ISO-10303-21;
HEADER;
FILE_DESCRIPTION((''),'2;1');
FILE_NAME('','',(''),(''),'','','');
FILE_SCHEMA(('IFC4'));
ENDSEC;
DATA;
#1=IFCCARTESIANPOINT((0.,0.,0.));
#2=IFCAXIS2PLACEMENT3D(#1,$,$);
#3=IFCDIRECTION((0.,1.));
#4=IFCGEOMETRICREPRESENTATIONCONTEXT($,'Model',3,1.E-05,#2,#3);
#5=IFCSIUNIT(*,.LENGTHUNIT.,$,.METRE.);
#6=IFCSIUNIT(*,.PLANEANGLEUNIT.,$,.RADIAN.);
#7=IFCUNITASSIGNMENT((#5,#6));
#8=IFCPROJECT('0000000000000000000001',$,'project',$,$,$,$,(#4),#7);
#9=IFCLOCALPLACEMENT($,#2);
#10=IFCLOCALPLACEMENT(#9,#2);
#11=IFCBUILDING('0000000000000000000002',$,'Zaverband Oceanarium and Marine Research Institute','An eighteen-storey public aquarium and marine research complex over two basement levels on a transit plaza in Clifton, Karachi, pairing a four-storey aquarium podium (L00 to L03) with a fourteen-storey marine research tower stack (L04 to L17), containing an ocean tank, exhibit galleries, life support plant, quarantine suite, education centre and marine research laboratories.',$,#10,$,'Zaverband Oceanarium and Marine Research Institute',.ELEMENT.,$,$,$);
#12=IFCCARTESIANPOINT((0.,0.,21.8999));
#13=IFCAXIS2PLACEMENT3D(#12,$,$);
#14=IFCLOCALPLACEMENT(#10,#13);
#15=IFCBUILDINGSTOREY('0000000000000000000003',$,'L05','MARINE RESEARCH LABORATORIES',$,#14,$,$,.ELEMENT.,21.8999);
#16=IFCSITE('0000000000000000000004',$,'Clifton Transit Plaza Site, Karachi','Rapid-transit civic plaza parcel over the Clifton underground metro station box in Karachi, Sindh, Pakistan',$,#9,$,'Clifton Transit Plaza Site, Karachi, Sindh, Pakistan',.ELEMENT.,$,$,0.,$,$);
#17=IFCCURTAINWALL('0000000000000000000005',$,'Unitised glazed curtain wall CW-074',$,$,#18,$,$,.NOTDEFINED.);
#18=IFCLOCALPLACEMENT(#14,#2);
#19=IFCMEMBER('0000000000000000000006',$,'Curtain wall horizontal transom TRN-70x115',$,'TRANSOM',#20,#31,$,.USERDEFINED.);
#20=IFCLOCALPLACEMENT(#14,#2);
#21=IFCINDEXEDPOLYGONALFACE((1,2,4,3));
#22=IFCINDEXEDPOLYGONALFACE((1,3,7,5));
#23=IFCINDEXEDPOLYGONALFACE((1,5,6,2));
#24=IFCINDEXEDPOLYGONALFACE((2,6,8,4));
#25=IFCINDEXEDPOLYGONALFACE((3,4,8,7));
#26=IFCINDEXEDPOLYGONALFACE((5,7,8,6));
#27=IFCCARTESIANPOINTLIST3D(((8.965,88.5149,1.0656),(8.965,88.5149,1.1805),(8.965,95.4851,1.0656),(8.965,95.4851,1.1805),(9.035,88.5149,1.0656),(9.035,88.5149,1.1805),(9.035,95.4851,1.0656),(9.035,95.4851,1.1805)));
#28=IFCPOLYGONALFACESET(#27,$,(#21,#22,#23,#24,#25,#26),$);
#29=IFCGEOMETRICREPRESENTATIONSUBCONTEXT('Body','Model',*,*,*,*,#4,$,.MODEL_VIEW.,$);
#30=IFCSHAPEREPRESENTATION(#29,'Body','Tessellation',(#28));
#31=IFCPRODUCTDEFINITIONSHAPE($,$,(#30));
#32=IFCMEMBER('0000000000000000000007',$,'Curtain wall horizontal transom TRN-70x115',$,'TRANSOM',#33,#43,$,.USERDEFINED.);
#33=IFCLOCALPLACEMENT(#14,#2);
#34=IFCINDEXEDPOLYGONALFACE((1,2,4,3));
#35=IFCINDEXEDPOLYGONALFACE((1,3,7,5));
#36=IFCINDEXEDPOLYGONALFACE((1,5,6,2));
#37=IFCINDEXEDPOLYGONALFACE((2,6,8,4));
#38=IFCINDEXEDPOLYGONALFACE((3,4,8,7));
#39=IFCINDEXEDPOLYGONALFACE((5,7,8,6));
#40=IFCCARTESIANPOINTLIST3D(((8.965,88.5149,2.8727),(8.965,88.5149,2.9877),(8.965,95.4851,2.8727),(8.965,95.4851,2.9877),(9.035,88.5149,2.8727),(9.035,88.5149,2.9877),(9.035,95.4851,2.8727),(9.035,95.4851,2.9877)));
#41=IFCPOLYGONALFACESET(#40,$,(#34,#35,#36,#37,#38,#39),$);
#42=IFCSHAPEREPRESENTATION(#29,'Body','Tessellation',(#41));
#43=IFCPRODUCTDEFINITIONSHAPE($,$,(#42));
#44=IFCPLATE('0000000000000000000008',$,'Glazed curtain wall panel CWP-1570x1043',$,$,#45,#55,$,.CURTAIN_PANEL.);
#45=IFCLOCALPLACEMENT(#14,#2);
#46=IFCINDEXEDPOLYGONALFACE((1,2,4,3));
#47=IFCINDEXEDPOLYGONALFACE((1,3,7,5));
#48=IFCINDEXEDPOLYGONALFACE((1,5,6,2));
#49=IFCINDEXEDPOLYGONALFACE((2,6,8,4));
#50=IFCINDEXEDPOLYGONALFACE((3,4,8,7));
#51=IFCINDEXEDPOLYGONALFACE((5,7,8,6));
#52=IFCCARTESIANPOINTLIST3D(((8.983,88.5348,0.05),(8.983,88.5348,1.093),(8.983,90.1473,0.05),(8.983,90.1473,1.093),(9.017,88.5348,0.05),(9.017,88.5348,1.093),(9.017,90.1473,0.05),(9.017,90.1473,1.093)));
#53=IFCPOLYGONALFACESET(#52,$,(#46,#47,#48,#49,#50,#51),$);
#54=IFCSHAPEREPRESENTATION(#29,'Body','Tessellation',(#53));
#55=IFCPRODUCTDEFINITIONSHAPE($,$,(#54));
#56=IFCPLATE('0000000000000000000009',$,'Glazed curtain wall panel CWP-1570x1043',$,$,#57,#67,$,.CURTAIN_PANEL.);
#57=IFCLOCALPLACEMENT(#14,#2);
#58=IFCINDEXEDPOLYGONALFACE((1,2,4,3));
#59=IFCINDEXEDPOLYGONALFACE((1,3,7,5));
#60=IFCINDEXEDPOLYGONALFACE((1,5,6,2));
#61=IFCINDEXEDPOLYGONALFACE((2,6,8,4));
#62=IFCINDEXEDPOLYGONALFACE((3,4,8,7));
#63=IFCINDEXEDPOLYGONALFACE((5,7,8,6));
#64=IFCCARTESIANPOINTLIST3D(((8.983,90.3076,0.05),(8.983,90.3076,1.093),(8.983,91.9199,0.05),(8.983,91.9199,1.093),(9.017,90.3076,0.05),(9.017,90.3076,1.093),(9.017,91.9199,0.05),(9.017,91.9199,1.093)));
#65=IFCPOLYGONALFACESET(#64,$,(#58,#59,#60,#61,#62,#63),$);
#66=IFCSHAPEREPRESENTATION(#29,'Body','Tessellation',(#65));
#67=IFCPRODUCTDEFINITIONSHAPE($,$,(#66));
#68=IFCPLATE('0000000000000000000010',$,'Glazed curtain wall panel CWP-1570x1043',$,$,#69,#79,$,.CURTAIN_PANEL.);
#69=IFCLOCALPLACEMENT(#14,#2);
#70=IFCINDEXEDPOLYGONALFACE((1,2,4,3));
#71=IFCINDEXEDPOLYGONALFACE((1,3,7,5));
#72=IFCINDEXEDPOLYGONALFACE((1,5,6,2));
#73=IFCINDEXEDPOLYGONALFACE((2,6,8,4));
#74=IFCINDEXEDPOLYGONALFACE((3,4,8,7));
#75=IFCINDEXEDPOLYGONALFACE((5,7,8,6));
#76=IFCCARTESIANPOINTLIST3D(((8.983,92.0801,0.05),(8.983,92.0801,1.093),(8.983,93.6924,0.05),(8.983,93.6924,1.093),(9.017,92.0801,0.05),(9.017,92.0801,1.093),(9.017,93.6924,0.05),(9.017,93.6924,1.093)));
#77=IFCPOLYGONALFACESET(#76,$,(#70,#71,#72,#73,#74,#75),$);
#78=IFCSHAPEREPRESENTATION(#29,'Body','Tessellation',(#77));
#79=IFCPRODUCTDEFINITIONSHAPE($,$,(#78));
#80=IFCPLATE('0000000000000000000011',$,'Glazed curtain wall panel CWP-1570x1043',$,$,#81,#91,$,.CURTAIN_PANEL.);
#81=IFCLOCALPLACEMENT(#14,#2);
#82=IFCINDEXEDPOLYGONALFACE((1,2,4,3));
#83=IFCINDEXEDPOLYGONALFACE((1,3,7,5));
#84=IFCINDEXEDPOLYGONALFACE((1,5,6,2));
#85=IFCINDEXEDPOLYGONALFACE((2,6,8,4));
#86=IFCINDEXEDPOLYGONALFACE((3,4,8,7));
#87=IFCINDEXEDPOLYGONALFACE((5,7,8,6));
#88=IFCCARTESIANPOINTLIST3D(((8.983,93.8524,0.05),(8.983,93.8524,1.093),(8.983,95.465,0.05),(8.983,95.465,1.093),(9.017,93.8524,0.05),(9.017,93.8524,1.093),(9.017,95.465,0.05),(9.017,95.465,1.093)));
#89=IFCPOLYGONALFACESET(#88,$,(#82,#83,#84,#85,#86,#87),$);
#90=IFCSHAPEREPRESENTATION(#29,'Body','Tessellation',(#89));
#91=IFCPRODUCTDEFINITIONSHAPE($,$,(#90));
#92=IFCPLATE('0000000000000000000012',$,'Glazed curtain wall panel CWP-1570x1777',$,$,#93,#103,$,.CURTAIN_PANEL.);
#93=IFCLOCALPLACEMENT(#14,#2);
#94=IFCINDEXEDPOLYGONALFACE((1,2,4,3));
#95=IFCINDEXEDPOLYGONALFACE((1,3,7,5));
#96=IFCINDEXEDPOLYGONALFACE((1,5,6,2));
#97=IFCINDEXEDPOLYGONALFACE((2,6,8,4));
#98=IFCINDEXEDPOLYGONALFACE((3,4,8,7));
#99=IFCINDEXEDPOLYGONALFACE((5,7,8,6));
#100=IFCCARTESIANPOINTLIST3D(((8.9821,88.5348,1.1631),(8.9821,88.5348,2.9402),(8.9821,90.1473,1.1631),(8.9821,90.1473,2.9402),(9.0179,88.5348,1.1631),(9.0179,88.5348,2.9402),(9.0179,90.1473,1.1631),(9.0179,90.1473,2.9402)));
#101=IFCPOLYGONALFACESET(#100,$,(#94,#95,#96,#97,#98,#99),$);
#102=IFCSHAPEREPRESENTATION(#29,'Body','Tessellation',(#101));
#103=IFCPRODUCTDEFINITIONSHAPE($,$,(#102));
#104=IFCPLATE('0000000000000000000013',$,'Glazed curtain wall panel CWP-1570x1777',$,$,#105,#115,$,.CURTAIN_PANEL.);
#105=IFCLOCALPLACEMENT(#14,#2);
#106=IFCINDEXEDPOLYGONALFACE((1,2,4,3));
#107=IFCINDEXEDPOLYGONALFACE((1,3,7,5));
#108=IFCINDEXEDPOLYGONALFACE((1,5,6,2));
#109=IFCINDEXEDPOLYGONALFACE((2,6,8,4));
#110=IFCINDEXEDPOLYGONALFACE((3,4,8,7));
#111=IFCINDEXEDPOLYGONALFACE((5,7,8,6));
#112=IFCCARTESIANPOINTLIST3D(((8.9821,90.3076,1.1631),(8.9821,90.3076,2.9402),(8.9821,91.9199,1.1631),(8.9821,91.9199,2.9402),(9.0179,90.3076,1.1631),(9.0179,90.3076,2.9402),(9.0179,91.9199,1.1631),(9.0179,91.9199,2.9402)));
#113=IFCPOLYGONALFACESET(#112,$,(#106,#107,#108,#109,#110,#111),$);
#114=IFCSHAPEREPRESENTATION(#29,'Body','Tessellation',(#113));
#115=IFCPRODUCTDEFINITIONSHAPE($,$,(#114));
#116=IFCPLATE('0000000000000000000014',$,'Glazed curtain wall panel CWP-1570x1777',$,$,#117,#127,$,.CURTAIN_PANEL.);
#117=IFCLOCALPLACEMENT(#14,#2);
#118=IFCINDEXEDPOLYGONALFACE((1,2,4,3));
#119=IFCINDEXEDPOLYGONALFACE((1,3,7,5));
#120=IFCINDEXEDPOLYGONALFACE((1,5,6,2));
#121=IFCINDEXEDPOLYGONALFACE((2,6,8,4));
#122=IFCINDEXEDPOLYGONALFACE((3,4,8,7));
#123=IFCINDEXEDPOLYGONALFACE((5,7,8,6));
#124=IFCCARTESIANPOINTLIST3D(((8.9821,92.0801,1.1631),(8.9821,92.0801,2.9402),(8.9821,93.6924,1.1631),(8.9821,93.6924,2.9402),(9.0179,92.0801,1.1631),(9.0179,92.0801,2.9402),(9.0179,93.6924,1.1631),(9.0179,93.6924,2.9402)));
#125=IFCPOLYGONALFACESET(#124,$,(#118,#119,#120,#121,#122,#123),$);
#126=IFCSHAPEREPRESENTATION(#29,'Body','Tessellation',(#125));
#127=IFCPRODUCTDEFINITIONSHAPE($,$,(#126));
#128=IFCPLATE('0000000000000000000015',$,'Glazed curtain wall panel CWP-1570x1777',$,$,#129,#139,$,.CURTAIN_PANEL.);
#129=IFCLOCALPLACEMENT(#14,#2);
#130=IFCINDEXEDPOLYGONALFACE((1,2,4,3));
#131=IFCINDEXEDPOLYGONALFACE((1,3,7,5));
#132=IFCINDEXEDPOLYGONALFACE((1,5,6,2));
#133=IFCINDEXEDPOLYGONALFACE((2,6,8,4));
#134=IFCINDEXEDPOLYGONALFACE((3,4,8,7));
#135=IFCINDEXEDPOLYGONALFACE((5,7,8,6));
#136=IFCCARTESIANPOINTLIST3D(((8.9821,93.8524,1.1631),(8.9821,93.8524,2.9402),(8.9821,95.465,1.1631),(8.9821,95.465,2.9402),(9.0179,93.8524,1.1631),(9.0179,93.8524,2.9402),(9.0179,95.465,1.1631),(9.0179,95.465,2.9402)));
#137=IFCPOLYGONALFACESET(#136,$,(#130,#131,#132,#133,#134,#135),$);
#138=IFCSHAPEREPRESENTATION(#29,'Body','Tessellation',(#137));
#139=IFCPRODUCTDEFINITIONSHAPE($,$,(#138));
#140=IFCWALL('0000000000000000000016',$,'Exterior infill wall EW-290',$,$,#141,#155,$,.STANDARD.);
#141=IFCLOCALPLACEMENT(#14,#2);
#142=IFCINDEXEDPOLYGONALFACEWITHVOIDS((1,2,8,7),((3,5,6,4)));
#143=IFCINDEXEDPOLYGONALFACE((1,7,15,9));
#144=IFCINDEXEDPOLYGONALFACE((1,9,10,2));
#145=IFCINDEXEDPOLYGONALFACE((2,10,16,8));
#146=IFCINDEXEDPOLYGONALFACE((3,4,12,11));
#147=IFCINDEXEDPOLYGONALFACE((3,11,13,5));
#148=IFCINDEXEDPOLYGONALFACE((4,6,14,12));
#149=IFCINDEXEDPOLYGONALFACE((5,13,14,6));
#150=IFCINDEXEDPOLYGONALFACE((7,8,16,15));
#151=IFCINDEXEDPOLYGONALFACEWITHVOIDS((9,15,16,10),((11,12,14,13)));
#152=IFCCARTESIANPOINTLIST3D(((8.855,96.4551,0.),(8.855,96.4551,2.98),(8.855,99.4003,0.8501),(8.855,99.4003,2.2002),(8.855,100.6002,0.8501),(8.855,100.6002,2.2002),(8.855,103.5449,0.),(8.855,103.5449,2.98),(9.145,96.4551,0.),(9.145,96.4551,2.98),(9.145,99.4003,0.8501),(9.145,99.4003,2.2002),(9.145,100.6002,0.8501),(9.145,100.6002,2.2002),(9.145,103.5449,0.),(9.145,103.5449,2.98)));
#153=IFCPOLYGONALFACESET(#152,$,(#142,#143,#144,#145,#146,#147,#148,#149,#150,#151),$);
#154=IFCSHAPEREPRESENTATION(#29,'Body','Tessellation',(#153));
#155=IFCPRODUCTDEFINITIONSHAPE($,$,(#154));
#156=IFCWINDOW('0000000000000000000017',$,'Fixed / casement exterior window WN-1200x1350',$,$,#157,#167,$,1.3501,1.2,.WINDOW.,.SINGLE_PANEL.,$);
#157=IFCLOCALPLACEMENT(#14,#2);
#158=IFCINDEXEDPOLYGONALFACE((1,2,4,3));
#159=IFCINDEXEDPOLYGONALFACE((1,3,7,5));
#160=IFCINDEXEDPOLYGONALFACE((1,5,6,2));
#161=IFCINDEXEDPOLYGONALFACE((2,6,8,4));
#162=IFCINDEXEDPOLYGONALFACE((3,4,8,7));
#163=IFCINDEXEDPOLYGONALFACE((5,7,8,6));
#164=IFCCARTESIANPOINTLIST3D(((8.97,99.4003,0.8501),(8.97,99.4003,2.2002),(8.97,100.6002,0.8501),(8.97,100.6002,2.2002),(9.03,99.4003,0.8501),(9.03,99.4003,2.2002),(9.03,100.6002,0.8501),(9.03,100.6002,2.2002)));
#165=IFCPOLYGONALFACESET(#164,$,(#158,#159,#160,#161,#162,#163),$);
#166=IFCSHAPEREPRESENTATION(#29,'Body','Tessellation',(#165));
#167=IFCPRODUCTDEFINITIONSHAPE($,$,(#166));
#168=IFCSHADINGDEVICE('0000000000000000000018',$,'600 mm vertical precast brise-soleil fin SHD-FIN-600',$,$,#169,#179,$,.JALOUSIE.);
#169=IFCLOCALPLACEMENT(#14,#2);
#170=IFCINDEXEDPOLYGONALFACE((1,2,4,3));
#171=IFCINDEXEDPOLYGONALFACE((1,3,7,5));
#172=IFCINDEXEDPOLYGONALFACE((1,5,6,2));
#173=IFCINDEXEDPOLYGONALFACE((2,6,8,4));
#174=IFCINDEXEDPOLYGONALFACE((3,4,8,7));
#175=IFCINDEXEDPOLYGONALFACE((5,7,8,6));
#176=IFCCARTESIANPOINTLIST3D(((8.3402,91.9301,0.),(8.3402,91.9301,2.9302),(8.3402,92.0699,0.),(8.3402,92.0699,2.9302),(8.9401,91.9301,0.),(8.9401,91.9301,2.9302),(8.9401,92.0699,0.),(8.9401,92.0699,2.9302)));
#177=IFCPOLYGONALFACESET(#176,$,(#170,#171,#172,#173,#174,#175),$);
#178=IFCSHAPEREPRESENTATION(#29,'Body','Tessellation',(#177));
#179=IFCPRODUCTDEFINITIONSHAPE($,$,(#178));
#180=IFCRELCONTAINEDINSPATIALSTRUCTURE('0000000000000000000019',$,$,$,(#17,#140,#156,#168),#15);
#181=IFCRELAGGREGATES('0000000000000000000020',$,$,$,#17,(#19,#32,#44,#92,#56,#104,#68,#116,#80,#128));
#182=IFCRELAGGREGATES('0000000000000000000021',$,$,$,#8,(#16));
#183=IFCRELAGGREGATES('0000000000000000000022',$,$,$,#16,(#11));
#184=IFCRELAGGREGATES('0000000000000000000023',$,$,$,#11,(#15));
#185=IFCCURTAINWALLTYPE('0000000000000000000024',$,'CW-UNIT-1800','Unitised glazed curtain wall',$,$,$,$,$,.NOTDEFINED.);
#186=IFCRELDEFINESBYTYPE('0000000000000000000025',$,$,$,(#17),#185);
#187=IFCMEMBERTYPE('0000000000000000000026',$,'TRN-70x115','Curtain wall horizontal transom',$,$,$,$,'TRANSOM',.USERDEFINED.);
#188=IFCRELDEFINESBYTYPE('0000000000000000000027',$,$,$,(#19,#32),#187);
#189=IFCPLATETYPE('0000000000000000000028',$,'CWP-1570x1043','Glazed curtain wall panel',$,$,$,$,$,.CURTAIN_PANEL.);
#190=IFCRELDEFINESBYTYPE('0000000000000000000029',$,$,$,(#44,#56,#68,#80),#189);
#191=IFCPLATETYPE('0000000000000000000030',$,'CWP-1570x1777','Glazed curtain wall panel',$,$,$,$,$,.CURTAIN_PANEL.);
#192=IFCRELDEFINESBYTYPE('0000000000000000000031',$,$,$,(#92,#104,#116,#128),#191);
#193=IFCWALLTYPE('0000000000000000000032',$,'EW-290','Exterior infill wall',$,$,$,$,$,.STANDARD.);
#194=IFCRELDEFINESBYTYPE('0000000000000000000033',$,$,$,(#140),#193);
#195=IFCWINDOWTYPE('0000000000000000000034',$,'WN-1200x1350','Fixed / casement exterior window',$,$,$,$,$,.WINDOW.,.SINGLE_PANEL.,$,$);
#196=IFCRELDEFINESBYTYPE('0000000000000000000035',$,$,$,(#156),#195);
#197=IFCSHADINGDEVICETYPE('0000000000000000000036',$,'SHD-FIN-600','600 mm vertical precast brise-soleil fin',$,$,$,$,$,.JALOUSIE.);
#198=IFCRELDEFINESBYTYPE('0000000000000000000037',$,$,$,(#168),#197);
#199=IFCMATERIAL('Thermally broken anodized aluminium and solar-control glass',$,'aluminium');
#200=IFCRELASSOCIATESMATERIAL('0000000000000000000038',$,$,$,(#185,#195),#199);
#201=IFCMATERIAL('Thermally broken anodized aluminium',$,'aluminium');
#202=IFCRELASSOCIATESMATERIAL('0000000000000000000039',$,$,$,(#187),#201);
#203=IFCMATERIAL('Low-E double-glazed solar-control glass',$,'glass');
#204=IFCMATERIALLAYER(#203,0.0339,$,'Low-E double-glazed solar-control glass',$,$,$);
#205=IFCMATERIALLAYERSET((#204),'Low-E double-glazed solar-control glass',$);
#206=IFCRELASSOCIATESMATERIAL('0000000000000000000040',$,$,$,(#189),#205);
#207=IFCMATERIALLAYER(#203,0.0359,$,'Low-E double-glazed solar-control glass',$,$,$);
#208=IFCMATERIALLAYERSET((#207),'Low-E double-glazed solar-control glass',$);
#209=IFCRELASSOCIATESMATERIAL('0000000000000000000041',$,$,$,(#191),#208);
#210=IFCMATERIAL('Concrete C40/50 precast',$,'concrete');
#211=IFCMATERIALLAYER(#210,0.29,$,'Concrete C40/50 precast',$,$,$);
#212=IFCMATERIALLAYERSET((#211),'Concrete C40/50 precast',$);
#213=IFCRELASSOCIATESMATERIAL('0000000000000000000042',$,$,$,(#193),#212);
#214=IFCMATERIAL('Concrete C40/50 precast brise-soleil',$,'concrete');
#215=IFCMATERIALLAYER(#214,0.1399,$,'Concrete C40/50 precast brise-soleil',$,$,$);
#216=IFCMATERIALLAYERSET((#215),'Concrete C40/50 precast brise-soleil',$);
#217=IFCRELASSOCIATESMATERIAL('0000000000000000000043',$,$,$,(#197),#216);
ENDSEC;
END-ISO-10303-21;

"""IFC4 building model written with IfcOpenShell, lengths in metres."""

from ifc_helpers import new_model, si_unit, direction, frame, frame_2d, origin, origin_2d, place, context, subcontext, project, spatial, rectangle, extrude, material, layer, layer_set, material_profile, profile_set, type_object, element, fill, aggregate, save


model = new_model("IFC4")

# Units and contexts
model_context = context("Model", 3, precision=1e-05, world=origin(), true_north=direction((0.0, 1.0)))
body_context = subcontext(model_context, "Body", "Model", "MODEL_VIEW")
ifc_project = project(units=[si_unit("LENGTHUNIT", "METRE"), si_unit("PLANEANGLEUNIT", "RADIAN")], contexts=[model_context])

# Site, building, storey
site_placement = place(None, origin())
site = spatial("IfcSite", under=ifc_project, at=site_placement, Name="Clifton Transit Plaza Site, Karachi", Description="Rapid-transit civic plaza parcel over the Clifton underground metro station box in Karachi, Sindh, Pakistan", LongName="Clifton Transit Plaza Site, Karachi, Sindh, Pakistan", CompositionType="ELEMENT", RefElevation=0.0)
building_placement = place(site_placement, origin())
building = spatial("IfcBuilding", under=site, at=building_placement, Name="Zaverband Oceanarium and Marine Research Institute", Description="An eighteen-storey public aquarium and marine research complex over two basement levels on a transit plaza in Clifton, Karachi, pairing a four-storey aquarium podium (L00 to L03) with a fourteen-storey marine research tower stack (L04 to L17), containing an ocean tank, exhibit galleries, life support plant, quarantine suite, education centre and marine research laboratories.", LongName="Zaverband Oceanarium and Marine Research Institute", CompositionType="ELEMENT")
storey_placement = place(building_placement, frame((0.0, 0.0, 21.8999)))
storey = spatial("IfcBuildingStorey", under=building, at=storey_placement, Name="L05", Description="MARINE RESEARCH LABORATORIES", CompositionType="ELEMENT", Elevation=21.8999)

# Curtain wall
ifc_material_1 = material(Name="Thermally broken anodized aluminium and solar-control glass", Category="aluminium")
curtain_wall_type = type_object("IfcCurtainWallType", Name="CW-UNIT-1800", Description="Unitised glazed curtain wall", PredefinedType="NOTDEFINED", material=ifc_material_1)
curtain_wall_placement = place(storey_placement, origin())
curtain_wall = element("IfcCurtainWall", 1, at=curtain_wall_placement, inside=storey, type_object=curtain_wall_type, Name="Unitised glazed curtain wall CW-074", PredefinedType="NOTDEFINED")
ifc_material_2 = material(Name="Thermally broken anodized aluminium", Category="aluminium")

# Members
ifc_material_profile_1 = material_profile(ifc_material_2, rectangle(XDim=0.0701, YDim=0.115, at=origin_2d()), Name="AL-TRN-70x115")
ifc_profile_set_1 = profile_set([ifc_material_profile_1], Name="Thermally broken anodized aluminium")
member_type_1 = type_object("IfcMemberType", Name="TRN-70x115", Description="Curtain wall horizontal transom", ElementType="TRANSOM", PredefinedType="USERDEFINED", material=ifc_profile_set_1)
member_1_placement = place(storey_placement, frame((9.0, 88.5149, 1.123), z_axis=(0.0, 1.0, 0.0), x_axis=(-1.0, 0.0, 0.0)))
member_1 = element("IfcMember", 2, at=member_1_placement, type_object=member_type_1, Name="Curtain wall horizontal transom TRN-70x115", ObjectType="TRANSOM", PredefinedType="USERDEFINED", context=body_context, shape_type="SweptSolid", body=[
    extrude(rectangle(XDim=0.0701, YDim=0.115, at=origin_2d()), origin(), (0.0, 0.0, 1.0), 6.9702),
])
member_2_placement = place(storey_placement, frame((9.0, 88.5149, 2.9302), z_axis=(0.0, 1.0, 0.0), x_axis=(-1.0, 0.0, 0.0)))
member_2 = element("IfcMember", 3, at=member_2_placement, type_object=member_type_1, Name="Curtain wall horizontal transom TRN-70x115", ObjectType="TRANSOM", PredefinedType="USERDEFINED", context=body_context, shape_type="SweptSolid", body=[
    extrude(rectangle(XDim=0.0701, YDim=0.115, at=origin_2d()), origin(), (0.0, 0.0, 1.0), 6.9702),
])

# Plates
ifc_material_3 = material(Name="Low-E double-glazed solar-control glass", Category="glass")
ifc_layer_1 = layer(ifc_material_3, 0.0339, Name="Low-E double-glazed solar-control glass")
ifc_layer_set_1 = layer_set([ifc_layer_1], Name="Low-E double-glazed solar-control glass")
plate_type_1 = type_object("IfcPlateType", Name="CWP-1570x1043", Description="Glazed curtain wall panel", PredefinedType="CURTAIN_PANEL", material=ifc_layer_set_1)
plate_1_placement = place(storey_placement, frame((9.0, 88.5349, 0.05), z_axis=(0.0, 0.0, 1.0), x_axis=(0.0, 1.0, 0.0)))
plate_1 = element("IfcPlate", 4, at=plate_1_placement, type_object=plate_type_1, Name="Glazed curtain wall panel CWP-1570x1043", PredefinedType="CURTAIN_PANEL", context=body_context, shape_type="SweptSolid", body=[
    extrude(rectangle(XDim=1.6125, YDim=0.0339, at=frame_2d((0.8062, 0.0))), origin(), (0.0, 0.0, 1.0), 1.043),
])
plate_2_placement = place(storey_placement, frame((9.0, 90.3076, 0.05), z_axis=(0.0, 0.0, 1.0), x_axis=(0.0, 1.0, 0.0)))
plate_2 = element("IfcPlate", 5, at=plate_2_placement, type_object=plate_type_1, Name="Glazed curtain wall panel CWP-1570x1043", PredefinedType="CURTAIN_PANEL", context=body_context, shape_type="SweptSolid", body=[
    extrude(rectangle(XDim=1.6123, YDim=0.0339, at=frame_2d((0.8062, 0.0))), origin(), (0.0, 0.0, 1.0), 1.043),
])
plate_3_placement = place(storey_placement, frame((9.0, 92.0801, 0.05), z_axis=(0.0, 0.0, 1.0), x_axis=(0.0, 1.0, 0.0)))
plate_3 = element("IfcPlate", 6, at=plate_3_placement, type_object=plate_type_1, Name="Glazed curtain wall panel CWP-1570x1043", PredefinedType="CURTAIN_PANEL", context=body_context, shape_type="SweptSolid", body=[
    extrude(rectangle(XDim=1.6123, YDim=0.0339, at=frame_2d((0.8062, 0.0))), origin(), (0.0, 0.0, 1.0), 1.043),
])
plate_4_placement = place(storey_placement, frame((9.0, 93.8525, 0.05), z_axis=(0.0, 0.0, 1.0), x_axis=(0.0, 1.0, 0.0)))
plate_4 = element("IfcPlate", 7, at=plate_4_placement, type_object=plate_type_1, Name="Glazed curtain wall panel CWP-1570x1043", PredefinedType="CURTAIN_PANEL", context=body_context, shape_type="SweptSolid", body=[
    extrude(rectangle(XDim=1.6125, YDim=0.0339, at=frame_2d((0.8062, 0.0))), origin(), (0.0, 0.0, 1.0), 1.043),
])
ifc_layer_2 = layer(ifc_material_3, 0.0359, Name="Low-E double-glazed solar-control glass")
ifc_layer_set_2 = layer_set([ifc_layer_2], Name="Low-E double-glazed solar-control glass")
plate_type_2 = type_object("IfcPlateType", Name="CWP-1570x1777", Description="Glazed curtain wall panel", PredefinedType="CURTAIN_PANEL", material=ifc_layer_set_2)
plate_5_placement = place(storey_placement, frame((9.0, 88.5349, 1.1631), z_axis=(0.0, 0.0, 1.0), x_axis=(0.0, 1.0, 0.0)))
plate_5 = element("IfcPlate", 8, at=plate_5_placement, type_object=plate_type_2, Name="Glazed curtain wall panel CWP-1570x1777", PredefinedType="CURTAIN_PANEL", context=body_context, shape_type="SweptSolid", body=[
    extrude(rectangle(XDim=1.6125, YDim=0.0359, at=frame_2d((0.8062, 0.0))), origin(), (0.0, 0.0, 1.0), 1.7771),
])
plate_6_placement = place(storey_placement, frame((9.0, 90.3076, 1.1631), z_axis=(0.0, 0.0, 1.0), x_axis=(0.0, 1.0, 0.0)))
plate_6 = element("IfcPlate", 9, at=plate_6_placement, type_object=plate_type_2, Name="Glazed curtain wall panel CWP-1570x1777", PredefinedType="CURTAIN_PANEL", context=body_context, shape_type="SweptSolid", body=[
    extrude(rectangle(XDim=1.6123, YDim=0.0359, at=frame_2d((0.8062, 0.0))), origin(), (0.0, 0.0, 1.0), 1.7771),
])
plate_7_placement = place(storey_placement, frame((9.0, 92.0801, 1.1631), z_axis=(0.0, 0.0, 1.0), x_axis=(0.0, 1.0, 0.0)))
plate_7 = element("IfcPlate", 10, at=plate_7_placement, type_object=plate_type_2, Name="Glazed curtain wall panel CWP-1570x1777", PredefinedType="CURTAIN_PANEL", context=body_context, shape_type="SweptSolid", body=[
    extrude(rectangle(XDim=1.6123, YDim=0.0359, at=frame_2d((0.8062, 0.0))), origin(), (0.0, 0.0, 1.0), 1.7771),
])
plate_8_placement = place(storey_placement, frame((9.0, 93.8525, 1.1631), z_axis=(0.0, 0.0, 1.0), x_axis=(0.0, 1.0, 0.0)))
plate_8 = element("IfcPlate", 11, at=plate_8_placement, type_object=plate_type_2, Name="Glazed curtain wall panel CWP-1570x1777", PredefinedType="CURTAIN_PANEL", context=body_context, shape_type="SweptSolid", body=[
    extrude(rectangle(XDim=1.6125, YDim=0.0359, at=frame_2d((0.8062, 0.0))), origin(), (0.0, 0.0, 1.0), 1.7771),
])
aggregate(curtain_wall, [member_1, member_2, plate_1, plate_5, plate_2, plate_6, plate_3, plate_7, plate_4, plate_8])

# Wall, opening, window
ifc_material_4 = material(Name="Concrete C40/50 precast", Category="concrete")
ifc_layer_3 = layer(ifc_material_4, 0.29, Name="Concrete C40/50 precast")
ifc_layer_set_3 = layer_set([ifc_layer_3], Name="Concrete C40/50 precast")
wall_type = type_object("IfcWallType", Name="EW-290", Description="Exterior infill wall", PredefinedType="STANDARD", material=ifc_layer_set_3)
wall_placement = place(storey_placement, frame((9.0, 96.4551, 0.0), z_axis=(0.0, 0.0, 1.0), x_axis=(0.0, 1.0, 0.0)))
wall = element("IfcWall", 12, at=wall_placement, inside=storey, type_object=wall_type, Name="Exterior infill wall EW-290", PredefinedType="STANDARD", context=body_context, shape_type="SweptSolid", body=[
    extrude(rectangle(XDim=7.0898, YDim=0.29, at=frame_2d((3.5449, 0.0))), origin(), (0.0, 0.0, 1.0), 2.98),
])
opening_placement = place(wall_placement, frame((2.9451, 0.0, 0.8501)))
opening = element("IfcOpeningElement", 13, at=opening_placement, cuts=wall, PredefinedType="OPENING", context=body_context, shape_type="SweptSolid", body=[
    extrude(rectangle(XDim=1.2, YDim=1.3501, at=frame_2d((0.6001, 0.675))), frame((0.0, 0.157, 0.0), z_axis=(0.0, -1.0, 0.0), x_axis=(1.0, 0.0, 0.0)), (0.0, 0.0, 1.0), 0.314),
])
window_type = type_object("IfcWindowType", Name="WN-1200x1350", Description="Fixed / casement exterior window", PartitioningType="SINGLE_PANEL", PredefinedType="WINDOW", material=ifc_material_1)
window_placement = place(opening_placement, origin())
window = element("IfcWindow", 14, at=window_placement, inside=storey, type_object=window_type, Name="Fixed / casement exterior window WN-1200x1350", OverallHeight=1.3501, OverallWidth=1.2, PartitioningType="SINGLE_PANEL", PredefinedType="WINDOW", context=body_context, shape_type="SweptSolid", body=[
    extrude(rectangle(XDim=1.2, YDim=1.3501, at=frame_2d((0.6001, 0.675))), frame((0.0, 0.03, 0.0), z_axis=(0.0, -1.0, 0.0), x_axis=(1.0, 0.0, 0.0)), (0.0, 0.0, 1.0), 0.0601),
])
fill(opening, window)

# Shading device
ifc_material_5 = material(Name="Concrete C40/50 precast brise-soleil", Category="concrete")
ifc_layer_4 = layer(ifc_material_5, 0.1399, Name="Concrete C40/50 precast brise-soleil")
ifc_layer_set_4 = layer_set([ifc_layer_4], Name="Concrete C40/50 precast brise-soleil")
shading_device_type = type_object("IfcShadingDeviceType", Name="SHD-FIN-600", Description="600 mm vertical precast brise-soleil fin", PredefinedType="JALOUSIE", material=ifc_layer_set_4)
shading_device_placement = place(storey_placement, frame((8.9399, 92.0, 0.0), z_axis=(0.0, 0.0, 1.0), x_axis=(-1.0, 0.0, 0.0)))
element("IfcShadingDevice", 15, at=shading_device_placement, inside=storey, type_object=shading_device_type, Name="600 mm vertical precast brise-soleil fin SHD-FIN-600", PredefinedType="JALOUSIE", context=body_context, shape_type="SweptSolid", body=[
    extrude(rectangle(XDim=0.5999, YDim=0.1399, at=frame_2d((0.2998, 0.0))), origin(), (0.0, 0.0, 1.0), 2.9302),
])

save(model, "model.ifc")
